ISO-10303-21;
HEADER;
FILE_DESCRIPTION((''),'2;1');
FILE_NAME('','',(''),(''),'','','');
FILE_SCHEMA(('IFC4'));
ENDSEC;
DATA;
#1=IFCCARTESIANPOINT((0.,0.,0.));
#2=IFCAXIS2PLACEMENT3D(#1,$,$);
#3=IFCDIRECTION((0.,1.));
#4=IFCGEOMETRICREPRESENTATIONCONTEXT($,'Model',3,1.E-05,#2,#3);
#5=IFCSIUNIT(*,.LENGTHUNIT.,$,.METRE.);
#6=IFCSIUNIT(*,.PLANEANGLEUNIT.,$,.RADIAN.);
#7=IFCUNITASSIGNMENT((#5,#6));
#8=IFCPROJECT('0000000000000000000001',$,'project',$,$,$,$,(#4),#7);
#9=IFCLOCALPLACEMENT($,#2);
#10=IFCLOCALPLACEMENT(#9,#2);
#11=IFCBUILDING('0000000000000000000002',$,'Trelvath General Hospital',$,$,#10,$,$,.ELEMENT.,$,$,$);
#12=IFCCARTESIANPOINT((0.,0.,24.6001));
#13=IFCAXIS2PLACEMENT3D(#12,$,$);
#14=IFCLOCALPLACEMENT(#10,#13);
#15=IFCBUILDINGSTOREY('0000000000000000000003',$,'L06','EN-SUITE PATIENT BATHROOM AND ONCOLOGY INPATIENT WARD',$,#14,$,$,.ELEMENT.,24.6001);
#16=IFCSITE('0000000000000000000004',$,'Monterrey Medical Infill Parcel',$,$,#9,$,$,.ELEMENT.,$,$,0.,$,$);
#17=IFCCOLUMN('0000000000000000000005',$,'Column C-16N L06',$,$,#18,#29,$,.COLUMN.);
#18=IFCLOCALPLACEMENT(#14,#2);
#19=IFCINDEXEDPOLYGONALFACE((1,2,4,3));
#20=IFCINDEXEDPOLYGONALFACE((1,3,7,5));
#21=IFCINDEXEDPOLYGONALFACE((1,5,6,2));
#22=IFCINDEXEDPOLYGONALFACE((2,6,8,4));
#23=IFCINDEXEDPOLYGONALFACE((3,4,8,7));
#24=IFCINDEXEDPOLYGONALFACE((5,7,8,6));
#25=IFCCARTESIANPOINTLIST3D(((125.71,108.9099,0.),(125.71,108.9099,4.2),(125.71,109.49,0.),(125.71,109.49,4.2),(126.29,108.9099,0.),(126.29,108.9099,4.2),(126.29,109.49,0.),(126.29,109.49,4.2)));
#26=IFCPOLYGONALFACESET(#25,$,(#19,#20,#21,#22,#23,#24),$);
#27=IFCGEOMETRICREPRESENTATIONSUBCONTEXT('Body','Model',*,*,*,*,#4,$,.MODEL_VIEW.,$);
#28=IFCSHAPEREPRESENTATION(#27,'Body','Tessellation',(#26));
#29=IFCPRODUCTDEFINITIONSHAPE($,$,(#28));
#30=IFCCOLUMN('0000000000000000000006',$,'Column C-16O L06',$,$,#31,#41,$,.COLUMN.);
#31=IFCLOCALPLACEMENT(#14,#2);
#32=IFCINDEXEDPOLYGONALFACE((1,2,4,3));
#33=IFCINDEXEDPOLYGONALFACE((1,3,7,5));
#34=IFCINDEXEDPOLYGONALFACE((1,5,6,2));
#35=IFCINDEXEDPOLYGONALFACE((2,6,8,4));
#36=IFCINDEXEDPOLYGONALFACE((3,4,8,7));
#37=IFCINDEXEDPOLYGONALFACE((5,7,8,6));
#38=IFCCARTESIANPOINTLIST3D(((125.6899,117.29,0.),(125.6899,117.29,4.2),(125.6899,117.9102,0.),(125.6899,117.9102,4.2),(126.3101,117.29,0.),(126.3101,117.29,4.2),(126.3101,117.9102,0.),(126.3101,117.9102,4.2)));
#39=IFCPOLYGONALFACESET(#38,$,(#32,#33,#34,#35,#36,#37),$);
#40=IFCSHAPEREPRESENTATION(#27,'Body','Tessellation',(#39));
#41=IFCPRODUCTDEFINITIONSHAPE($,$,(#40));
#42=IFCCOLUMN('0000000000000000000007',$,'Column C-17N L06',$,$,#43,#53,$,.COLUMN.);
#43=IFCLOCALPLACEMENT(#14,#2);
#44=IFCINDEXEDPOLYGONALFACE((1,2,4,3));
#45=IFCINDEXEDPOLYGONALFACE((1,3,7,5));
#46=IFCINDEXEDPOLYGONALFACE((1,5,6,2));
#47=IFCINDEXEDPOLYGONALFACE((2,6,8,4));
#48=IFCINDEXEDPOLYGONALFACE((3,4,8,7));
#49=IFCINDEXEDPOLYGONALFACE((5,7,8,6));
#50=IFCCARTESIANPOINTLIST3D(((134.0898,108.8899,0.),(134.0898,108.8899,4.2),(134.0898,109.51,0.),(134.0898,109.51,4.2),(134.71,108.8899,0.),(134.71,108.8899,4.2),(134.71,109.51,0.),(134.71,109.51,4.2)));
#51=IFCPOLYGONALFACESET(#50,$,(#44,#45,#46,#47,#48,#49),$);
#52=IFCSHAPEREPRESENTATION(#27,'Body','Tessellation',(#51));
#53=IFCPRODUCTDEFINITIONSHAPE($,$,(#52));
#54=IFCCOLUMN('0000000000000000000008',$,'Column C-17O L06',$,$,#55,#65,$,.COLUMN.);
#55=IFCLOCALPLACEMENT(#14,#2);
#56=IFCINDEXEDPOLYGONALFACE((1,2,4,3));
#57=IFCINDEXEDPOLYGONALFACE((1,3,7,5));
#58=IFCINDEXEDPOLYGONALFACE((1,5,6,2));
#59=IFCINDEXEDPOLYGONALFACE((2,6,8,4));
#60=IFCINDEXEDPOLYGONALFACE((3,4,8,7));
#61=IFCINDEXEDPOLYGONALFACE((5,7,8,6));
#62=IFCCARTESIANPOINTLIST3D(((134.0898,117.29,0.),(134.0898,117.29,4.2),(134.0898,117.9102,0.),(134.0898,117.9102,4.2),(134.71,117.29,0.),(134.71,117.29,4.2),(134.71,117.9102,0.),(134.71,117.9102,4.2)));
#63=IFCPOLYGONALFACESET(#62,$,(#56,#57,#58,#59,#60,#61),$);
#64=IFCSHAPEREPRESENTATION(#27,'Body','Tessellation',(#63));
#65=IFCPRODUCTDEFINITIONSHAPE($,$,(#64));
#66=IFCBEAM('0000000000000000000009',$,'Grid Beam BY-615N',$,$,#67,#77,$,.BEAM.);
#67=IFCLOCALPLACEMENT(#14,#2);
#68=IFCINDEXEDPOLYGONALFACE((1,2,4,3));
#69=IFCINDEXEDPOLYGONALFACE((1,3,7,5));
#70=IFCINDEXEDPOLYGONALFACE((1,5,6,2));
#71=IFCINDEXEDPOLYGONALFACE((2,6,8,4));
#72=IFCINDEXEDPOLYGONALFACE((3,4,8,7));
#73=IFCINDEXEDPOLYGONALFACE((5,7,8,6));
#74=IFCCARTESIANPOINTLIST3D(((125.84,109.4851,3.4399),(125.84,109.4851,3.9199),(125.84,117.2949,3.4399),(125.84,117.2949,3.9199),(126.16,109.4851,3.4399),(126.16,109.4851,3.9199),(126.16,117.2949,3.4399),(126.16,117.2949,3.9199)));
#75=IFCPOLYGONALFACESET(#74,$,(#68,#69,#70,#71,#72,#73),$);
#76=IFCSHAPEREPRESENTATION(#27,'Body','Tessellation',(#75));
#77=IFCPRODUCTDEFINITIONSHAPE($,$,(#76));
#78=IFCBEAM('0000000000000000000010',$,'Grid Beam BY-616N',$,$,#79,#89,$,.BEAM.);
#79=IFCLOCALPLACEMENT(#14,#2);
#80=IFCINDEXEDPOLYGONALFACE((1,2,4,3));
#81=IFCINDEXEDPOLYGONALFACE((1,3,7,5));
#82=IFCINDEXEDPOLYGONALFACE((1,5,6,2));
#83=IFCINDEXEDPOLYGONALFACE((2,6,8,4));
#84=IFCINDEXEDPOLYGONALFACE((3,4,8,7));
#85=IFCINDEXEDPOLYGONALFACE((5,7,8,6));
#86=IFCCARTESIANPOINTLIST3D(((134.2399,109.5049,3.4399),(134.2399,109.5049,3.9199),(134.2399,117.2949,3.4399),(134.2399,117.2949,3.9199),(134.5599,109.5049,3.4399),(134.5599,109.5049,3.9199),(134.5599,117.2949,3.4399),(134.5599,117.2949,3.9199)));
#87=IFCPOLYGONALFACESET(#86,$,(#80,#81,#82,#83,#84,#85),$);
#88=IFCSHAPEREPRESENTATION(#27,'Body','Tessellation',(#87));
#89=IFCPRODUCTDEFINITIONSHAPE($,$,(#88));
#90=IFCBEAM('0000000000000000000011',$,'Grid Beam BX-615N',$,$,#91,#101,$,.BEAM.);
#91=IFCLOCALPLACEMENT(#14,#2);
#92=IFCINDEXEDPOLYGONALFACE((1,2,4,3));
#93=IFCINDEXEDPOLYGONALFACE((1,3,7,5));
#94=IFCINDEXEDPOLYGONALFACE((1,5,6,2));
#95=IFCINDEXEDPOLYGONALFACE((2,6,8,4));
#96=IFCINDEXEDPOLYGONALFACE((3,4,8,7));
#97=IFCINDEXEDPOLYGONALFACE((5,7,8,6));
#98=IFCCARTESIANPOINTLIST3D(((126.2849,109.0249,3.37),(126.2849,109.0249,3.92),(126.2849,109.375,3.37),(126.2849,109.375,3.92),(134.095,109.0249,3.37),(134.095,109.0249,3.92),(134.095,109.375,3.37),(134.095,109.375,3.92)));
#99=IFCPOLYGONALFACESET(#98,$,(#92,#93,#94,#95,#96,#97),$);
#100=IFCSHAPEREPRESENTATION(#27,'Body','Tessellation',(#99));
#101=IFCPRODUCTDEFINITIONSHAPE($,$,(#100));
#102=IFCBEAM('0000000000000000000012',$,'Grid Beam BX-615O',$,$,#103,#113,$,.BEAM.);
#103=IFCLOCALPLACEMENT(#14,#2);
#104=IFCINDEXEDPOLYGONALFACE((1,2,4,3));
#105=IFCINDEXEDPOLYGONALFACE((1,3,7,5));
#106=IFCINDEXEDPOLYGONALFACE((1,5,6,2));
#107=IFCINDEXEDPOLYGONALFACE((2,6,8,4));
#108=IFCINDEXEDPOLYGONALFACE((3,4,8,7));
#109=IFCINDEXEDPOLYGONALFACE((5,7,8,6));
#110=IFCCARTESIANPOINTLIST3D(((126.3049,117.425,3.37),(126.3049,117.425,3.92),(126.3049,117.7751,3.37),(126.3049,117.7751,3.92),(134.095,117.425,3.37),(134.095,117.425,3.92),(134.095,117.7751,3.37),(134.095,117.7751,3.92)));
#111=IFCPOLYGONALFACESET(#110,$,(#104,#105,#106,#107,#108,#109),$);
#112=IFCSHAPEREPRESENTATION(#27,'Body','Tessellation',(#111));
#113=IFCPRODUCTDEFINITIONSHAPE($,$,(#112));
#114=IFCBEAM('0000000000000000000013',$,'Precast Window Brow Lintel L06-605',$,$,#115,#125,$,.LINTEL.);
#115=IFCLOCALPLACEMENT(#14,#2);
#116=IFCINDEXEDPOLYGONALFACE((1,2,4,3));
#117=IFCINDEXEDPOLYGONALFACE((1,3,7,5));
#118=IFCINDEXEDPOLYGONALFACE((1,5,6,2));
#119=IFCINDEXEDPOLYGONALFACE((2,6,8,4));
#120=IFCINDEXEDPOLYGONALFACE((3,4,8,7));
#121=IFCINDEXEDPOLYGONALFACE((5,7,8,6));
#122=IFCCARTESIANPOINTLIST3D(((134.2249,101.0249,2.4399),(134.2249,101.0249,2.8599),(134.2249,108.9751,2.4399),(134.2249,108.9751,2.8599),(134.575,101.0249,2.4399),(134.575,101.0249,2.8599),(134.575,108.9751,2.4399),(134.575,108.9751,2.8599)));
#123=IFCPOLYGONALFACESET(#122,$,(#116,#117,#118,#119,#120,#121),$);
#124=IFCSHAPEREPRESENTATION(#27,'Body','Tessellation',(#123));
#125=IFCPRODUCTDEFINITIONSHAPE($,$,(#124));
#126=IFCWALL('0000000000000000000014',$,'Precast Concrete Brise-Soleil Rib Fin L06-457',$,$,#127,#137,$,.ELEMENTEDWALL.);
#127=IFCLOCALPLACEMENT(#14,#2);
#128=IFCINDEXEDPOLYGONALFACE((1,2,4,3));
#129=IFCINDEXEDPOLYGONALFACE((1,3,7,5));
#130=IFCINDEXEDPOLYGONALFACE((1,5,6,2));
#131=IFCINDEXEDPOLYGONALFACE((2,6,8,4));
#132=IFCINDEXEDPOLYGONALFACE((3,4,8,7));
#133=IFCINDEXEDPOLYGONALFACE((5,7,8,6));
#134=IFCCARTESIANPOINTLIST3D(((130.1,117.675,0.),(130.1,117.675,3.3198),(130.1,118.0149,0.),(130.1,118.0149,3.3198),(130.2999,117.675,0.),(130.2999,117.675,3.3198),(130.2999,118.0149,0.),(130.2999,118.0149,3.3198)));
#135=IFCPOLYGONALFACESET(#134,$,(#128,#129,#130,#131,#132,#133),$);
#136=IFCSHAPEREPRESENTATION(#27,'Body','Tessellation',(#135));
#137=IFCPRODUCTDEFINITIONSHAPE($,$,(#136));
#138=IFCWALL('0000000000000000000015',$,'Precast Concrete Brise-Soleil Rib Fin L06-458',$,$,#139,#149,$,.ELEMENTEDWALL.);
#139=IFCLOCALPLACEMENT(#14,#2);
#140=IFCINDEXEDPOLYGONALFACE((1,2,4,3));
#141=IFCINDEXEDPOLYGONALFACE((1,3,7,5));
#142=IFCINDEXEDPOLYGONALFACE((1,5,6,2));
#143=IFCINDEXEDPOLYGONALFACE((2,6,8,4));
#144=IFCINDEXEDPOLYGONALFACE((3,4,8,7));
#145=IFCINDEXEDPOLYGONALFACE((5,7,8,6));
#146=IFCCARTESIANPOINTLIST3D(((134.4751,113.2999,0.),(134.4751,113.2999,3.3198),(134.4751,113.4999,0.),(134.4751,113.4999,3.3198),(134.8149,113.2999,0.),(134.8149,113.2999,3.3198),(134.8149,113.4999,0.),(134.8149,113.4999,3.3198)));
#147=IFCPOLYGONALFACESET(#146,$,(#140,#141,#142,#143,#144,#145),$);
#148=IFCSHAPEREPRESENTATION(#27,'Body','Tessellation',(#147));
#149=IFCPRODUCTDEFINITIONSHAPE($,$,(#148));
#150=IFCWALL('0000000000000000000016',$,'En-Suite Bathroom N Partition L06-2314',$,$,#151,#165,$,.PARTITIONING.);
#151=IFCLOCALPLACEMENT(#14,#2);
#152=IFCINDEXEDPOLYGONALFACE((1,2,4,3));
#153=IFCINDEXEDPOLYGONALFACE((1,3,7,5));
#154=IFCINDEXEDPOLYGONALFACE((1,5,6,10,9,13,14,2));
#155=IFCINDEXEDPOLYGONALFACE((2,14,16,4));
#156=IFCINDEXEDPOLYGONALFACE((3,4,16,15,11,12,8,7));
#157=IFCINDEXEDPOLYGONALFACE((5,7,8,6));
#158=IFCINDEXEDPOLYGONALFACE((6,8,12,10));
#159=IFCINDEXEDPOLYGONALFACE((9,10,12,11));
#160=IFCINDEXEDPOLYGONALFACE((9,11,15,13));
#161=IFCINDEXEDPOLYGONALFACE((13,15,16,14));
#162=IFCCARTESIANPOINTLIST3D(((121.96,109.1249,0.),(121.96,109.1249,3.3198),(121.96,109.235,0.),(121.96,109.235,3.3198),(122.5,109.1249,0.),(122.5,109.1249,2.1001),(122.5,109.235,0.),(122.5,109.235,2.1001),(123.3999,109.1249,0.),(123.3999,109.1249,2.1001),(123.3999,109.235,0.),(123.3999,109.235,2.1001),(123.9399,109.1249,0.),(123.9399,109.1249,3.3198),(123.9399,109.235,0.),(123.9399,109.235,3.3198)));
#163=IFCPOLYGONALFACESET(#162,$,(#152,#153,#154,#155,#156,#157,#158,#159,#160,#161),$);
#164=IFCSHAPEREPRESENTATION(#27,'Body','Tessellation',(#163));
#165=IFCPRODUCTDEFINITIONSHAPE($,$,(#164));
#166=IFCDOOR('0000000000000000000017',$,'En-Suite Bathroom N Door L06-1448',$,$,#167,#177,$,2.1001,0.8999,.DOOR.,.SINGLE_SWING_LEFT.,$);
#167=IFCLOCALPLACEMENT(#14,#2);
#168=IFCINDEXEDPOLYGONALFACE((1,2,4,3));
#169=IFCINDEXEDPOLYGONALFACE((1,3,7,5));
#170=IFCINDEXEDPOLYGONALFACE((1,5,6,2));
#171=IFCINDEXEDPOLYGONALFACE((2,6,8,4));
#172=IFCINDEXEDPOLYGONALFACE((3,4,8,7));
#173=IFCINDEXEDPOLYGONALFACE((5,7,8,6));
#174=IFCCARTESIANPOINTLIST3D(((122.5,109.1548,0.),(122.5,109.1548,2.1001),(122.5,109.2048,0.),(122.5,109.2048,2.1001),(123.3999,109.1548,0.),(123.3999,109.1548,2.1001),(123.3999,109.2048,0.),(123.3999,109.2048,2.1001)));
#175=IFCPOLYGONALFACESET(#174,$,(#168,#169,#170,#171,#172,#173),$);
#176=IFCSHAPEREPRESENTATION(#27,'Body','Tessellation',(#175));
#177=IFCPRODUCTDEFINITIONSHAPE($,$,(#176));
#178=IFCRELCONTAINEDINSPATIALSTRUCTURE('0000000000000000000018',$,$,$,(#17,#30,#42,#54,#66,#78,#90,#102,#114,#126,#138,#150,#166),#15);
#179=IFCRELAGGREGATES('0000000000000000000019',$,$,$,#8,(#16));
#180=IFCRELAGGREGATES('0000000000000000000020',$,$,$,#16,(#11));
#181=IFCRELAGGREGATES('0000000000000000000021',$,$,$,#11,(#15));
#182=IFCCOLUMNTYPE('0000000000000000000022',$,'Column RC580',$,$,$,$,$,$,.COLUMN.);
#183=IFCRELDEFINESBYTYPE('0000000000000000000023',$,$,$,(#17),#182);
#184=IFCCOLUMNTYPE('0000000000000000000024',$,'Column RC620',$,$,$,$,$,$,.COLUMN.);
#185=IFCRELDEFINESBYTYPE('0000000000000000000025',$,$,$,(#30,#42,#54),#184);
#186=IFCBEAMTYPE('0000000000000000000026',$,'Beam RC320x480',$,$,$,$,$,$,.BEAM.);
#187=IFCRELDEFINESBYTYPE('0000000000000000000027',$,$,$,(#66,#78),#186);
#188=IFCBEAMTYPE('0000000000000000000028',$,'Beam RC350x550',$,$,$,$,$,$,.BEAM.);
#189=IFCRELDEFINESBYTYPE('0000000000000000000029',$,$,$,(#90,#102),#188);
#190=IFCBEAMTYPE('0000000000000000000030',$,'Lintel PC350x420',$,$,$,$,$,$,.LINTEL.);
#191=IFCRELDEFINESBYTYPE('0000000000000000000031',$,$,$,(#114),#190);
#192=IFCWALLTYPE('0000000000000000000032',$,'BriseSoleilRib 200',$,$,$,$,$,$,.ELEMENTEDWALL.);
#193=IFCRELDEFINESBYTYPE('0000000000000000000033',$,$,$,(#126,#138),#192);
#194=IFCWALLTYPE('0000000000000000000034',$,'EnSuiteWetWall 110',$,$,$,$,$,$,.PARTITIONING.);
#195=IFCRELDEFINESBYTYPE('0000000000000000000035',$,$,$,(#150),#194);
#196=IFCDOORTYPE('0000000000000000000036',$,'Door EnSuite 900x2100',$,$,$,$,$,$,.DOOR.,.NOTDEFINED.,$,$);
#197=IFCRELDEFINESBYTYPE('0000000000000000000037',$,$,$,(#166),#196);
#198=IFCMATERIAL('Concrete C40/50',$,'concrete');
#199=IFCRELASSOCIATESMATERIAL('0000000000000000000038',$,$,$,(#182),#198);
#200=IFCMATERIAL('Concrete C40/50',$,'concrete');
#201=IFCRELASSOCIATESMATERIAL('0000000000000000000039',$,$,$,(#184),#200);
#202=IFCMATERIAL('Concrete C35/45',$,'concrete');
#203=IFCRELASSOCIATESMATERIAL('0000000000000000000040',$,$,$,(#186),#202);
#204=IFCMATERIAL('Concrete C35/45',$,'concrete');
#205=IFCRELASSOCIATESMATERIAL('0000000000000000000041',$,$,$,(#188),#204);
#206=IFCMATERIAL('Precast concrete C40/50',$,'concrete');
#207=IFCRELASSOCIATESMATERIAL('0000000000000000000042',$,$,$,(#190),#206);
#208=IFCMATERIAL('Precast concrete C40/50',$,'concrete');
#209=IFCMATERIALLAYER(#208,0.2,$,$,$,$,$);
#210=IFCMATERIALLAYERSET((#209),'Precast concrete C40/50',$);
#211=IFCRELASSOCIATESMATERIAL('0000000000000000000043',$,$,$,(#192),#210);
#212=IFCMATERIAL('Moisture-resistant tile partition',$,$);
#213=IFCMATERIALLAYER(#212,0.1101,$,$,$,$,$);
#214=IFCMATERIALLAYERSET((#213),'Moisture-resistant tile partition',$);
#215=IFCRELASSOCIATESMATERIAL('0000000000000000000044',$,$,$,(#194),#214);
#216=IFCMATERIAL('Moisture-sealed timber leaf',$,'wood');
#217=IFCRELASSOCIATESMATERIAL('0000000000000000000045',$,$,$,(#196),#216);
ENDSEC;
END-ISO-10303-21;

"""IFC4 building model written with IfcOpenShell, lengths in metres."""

from ifc_helpers import new_model, si_unit, direction, frame, frame_2d, origin, origin_2d, place, context, subcontext, project, spatial, rectangle, extrude, material, layer, layer_set, material_profile, profile_set, type_object, element, fill, save


model = new_model("IFC4")

# Units and contexts
model_context = context("Model", 3, precision=1e-05, world=origin(), true_north=direction((0.0, 1.0)))
body_context = subcontext(model_context, "Body", "Model", "MODEL_VIEW")
ifc_project = project(units=[si_unit("LENGTHUNIT", "METRE"), si_unit("PLANEANGLEUNIT", "RADIAN")], contexts=[model_context])

# Site, building, storey
site_placement = place(None, origin())
site = spatial("IfcSite", under=ifc_project, at=site_placement, Name="Monterrey Medical Infill Parcel", CompositionType="ELEMENT", RefElevation=0.0)
building_placement = place(site_placement, origin())
building = spatial("IfcBuilding", under=site, at=building_placement, Name="Trelvath General Hospital", CompositionType="ELEMENT")
storey_placement = place(building_placement, frame((0.0, 0.0, 24.6001)))
storey = spatial("IfcBuildingStorey", under=building, at=storey_placement, Name="L06", Description="EN-SUITE PATIENT BATHROOM AND ONCOLOGY INPATIENT WARD", CompositionType="ELEMENT", Elevation=24.6001)

# Columns
ifc_material_1 = material(Name="Concrete C40/50", Category="concrete")
ifc_material_profile_1 = material_profile(ifc_material_1, rectangle(XDim=0.5801, YDim=0.5801, at=origin_2d()), Name="RC580x580")
ifc_profile_set_1 = profile_set([ifc_material_profile_1], Name="Concrete C40/50")
column_type_1 = type_object("IfcColumnType", Name="Column RC580", PredefinedType="COLUMN", material=ifc_profile_set_1)
column_placement = place(storey_placement, frame((126.0, 109.2, 0.0), z_axis=(0.0, 0.0, 1.0), x_axis=(1.0, 0.0, 0.0)))
element("IfcColumn", 1, at=column_placement, inside=storey, type_object=column_type_1, Name="Column C-16N L06", PredefinedType="COLUMN", context=body_context, shape_type="SweptSolid", body=[
    extrude(rectangle(XDim=0.5801, YDim=0.5801, at=origin_2d()), origin(), (0.0, 0.0, 1.0), 4.2),
])
ifc_material_2 = material(Name="Concrete C40/50", Category="concrete")
ifc_material_profile_2 = material_profile(ifc_material_2, rectangle(XDim=0.6201, YDim=0.6201, at=origin_2d()), Name="RC620x620")
ifc_profile_set_2 = profile_set([ifc_material_profile_2], Name="Concrete C40/50")
column_type_2 = type_object("IfcColumnType", Name="Column RC620", PredefinedType="COLUMN", material=ifc_profile_set_2)
for number, where, z_axis, x_axis, name in (
    (2, (126.0, 117.6001, 0.0), (0.0, 0.0, 1.0), (1.0, 0.0, 0.0), "Column C-16O L06"),
    (3, (134.3999, 109.2, 0.0), (0.0, 0.0, 1.0), (1.0, 0.0, 0.0), "Column C-17N L06"),
    (4, (134.3999, 117.6001, 0.0), (0.0, 0.0, 1.0), (1.0, 0.0, 0.0), "Column C-17O L06"),
):
    element("IfcColumn", number, at=place(storey_placement, frame(where, z_axis=z_axis, x_axis=x_axis)), inside=storey, type_object=column_type_2, Name=name, PredefinedType="COLUMN", context=body_context, shape_type="SweptSolid", body=[
        extrude(rectangle(XDim=0.6201, YDim=0.6201, at=origin_2d()), origin(), (0.0, 0.0, 1.0), 4.2),
    ])

# Beams
ifc_material_3 = material(Name="Concrete C35/45", Category="concrete")
ifc_material_profile_3 = material_profile(ifc_material_3, rectangle(XDim=0.3201, YDim=0.48, at=origin_2d()), Name="RCB320x480")
ifc_profile_set_3 = profile_set([ifc_material_profile_3], Name="Concrete C35/45")
beam_type_1 = type_object("IfcBeamType", Name="Beam RC320x480", PredefinedType="BEAM", material=ifc_profile_set_3)
beam_1_placement = place(storey_placement, frame((126.0, 109.4851, 3.6799), z_axis=(0.0, 1.0, 0.0), x_axis=(-1.0, 0.0, 0.0)))
element("IfcBeam", 5, at=beam_1_placement, inside=storey, type_object=beam_type_1, Name="Grid Beam BY-615N", PredefinedType="BEAM", context=body_context, shape_type="SweptSolid", body=[
    extrude(rectangle(XDim=0.3201, YDim=0.48, at=origin_2d()), origin(), (0.0, 0.0, 1.0), 7.8098),
])
beam_2_placement = place(storey_placement, frame((134.3999, 109.5049, 3.6799), z_axis=(0.0, 1.0, 0.0), x_axis=(-1.0, 0.0, 0.0)))
element("IfcBeam", 6, at=beam_2_placement, inside=storey, type_object=beam_type_1, Name="Grid Beam BY-616N", PredefinedType="BEAM", context=body_context, shape_type="SweptSolid", body=[
    extrude(rectangle(XDim=0.3201, YDim=0.48, at=origin_2d()), origin(), (0.0, 0.0, 1.0), 7.79),
])
ifc_material_4 = material(Name="Concrete C35/45", Category="concrete")
ifc_material_profile_4 = material_profile(ifc_material_4, rectangle(XDim=0.3501, YDim=0.55, at=origin_2d()), Name="RCB350x550")
ifc_profile_set_4 = profile_set([ifc_material_profile_4], Name="Concrete C35/45")
beam_type_2 = type_object("IfcBeamType", Name="Beam RC350x550", PredefinedType="BEAM", material=ifc_profile_set_4)
beam_3_placement = place(storey_placement, frame((126.2849, 109.2, 3.645), z_axis=(1.0, 0.0, 0.0), x_axis=(0.0, 1.0, 0.0)))
element("IfcBeam", 7, at=beam_3_placement, inside=storey, type_object=beam_type_2, Name="Grid Beam BX-615N", PredefinedType="BEAM", context=body_context, shape_type="SweptSolid", body=[
    extrude(rectangle(XDim=0.3501, YDim=0.55, at=origin_2d()), origin(), (0.0, 0.0, 1.0), 7.8101),
])
beam_4_placement = place(storey_placement, frame((126.3049, 117.6001, 3.645), z_axis=(1.0, 0.0, 0.0), x_axis=(0.0, 1.0, 0.0)))
element("IfcBeam", 8, at=beam_4_placement, inside=storey, type_object=beam_type_2, Name="Grid Beam BX-615O", PredefinedType="BEAM", context=body_context, shape_type="SweptSolid", body=[
    extrude(rectangle(XDim=0.3501, YDim=0.55, at=origin_2d()), origin(), (0.0, 0.0, 1.0), 7.79),
])
ifc_material_5 = material(Name="Precast concrete C40/50", Category="concrete")
ifc_material_profile_5 = material_profile(ifc_material_5, rectangle(XDim=0.3501, YDim=0.4199, at=origin_2d()), Name="PCL350x420")
ifc_profile_set_5 = profile_set([ifc_material_profile_5], Name="Precast concrete C40/50")
beam_type_3 = type_object("IfcBeamType", Name="Lintel PC350x420", PredefinedType="LINTEL", material=ifc_profile_set_5)
beam_5_placement = place(storey_placement, frame((134.3999, 108.9751, 2.6499), z_axis=(0.0, -1.0, 0.0), x_axis=(1.0, 0.0, 0.0)))
element("IfcBeam", 9, at=beam_5_placement, inside=storey, type_object=beam_type_3, Name="Precast Window Brow Lintel L06-605", PredefinedType="LINTEL", context=body_context, shape_type="SweptSolid", body=[
    extrude(rectangle(XDim=0.3501, YDim=0.4199, at=origin_2d()), origin(), (0.0, 0.0, 1.0), 7.9502),
])

# Walls
ifc_material_6 = material(Name="Precast concrete C40/50", Category="concrete")
ifc_layer_1 = layer(ifc_material_6, 0.2)
ifc_layer_set_1 = layer_set([ifc_layer_1], Name="Precast concrete C40/50")
wall_type_1 = type_object("IfcWallType", Name="BriseSoleilRib 200", PredefinedType="ELEMENTEDWALL", material=ifc_layer_set_1)
for number, where, z_axis, x_axis, name in (
    (10, (130.2, 117.675, 0.0), (0.0, 0.0, 1.0), (0.0, 1.0, 0.0), "Precast Concrete Brise-Soleil Rib Fin L06-457"),
    (11, (134.4751, 113.3999, 0.0), (0.0, 0.0, 1.0), (1.0, 0.0, 0.0), "Precast Concrete Brise-Soleil Rib Fin L06-458"),
):
    element("IfcWall", number, at=place(storey_placement, frame(where, z_axis=z_axis, x_axis=x_axis)), inside=storey, type_object=wall_type_1, Name=name, PredefinedType="ELEMENTEDWALL", context=body_context, shape_type="SweptSolid", body=[
        extrude(rectangle(XDim=0.3398, YDim=0.2, at=frame_2d((0.1699, 0.0))), origin(), (0.0, 0.0, 1.0), 3.3198),
    ])

# Wall, opening, door
ifc_material_7 = material(Name="Moisture-resistant tile partition")
ifc_layer_2 = layer(ifc_material_7, 0.1101)
ifc_layer_set_2 = layer_set([ifc_layer_2], Name="Moisture-resistant tile partition")
wall_type_2 = type_object("IfcWallType", Name="EnSuiteWetWall 110", PredefinedType="PARTITIONING", material=ifc_layer_set_2)
wall_1_placement = place(storey_placement, frame((121.96, 109.1799, 0.0), z_axis=(0.0, 0.0, 1.0), x_axis=(1.0, 0.0, 0.0)))
wall_1 = element("IfcWall", 12, at=wall_1_placement, inside=storey, type_object=wall_type_2, Name="En-Suite Bathroom N Partition L06-2314", PredefinedType="PARTITIONING", context=body_context, shape_type="SweptSolid", body=[
    extrude(rectangle(XDim=1.98, YDim=0.1101, at=frame_2d((0.99, 0.0))), origin(), (0.0, 0.0, 1.0), 3.3198),
])
opening_1_placement = place(wall_1_placement, frame((0.54, 0.0, 0.0)))
opening_1 = element("IfcOpeningElement", 13, at=opening_1_placement, cuts=wall_1, PredefinedType="OPENING", context=body_context, shape_type="SweptSolid", body=[
    extrude(rectangle(XDim=0.8999, YDim=2.1001, at=frame_2d((0.45, 1.05))), frame((0.0, 0.0649, 0.0), z_axis=(0.0, -1.0, 0.0), x_axis=(1.0, 0.0, 0.0)), (0.0, 0.0, 1.0), 0.1301),
])
ifc_material_8 = material(Name="Moisture-sealed timber leaf", Category="wood")
door_type = type_object("IfcDoorType", Name="Door EnSuite 900x2100", OperationType="NOTDEFINED", PredefinedType="DOOR", material=ifc_material_8)
door_placement = place(opening_1_placement, origin())
door = element("IfcDoor", 14, at=door_placement, inside=storey, type_object=door_type, Name="En-Suite Bathroom N Door L06-1448", OperationType="SINGLE_SWING_LEFT", OverallHeight=2.1001, OverallWidth=0.8999, PredefinedType="DOOR", context=body_context, shape_type="SweptSolid", body=[
    extrude(rectangle(XDim=0.8999, YDim=2.1001, at=frame_2d((0.45, 1.05))), frame((0.0, 0.0249, 0.0), z_axis=(0.0, -1.0, 0.0), x_axis=(1.0, 0.0, 0.0)), (0.0, 0.0, 1.0), 0.05),
])
fill(opening_1, door)

save(model, "model.ifc")
